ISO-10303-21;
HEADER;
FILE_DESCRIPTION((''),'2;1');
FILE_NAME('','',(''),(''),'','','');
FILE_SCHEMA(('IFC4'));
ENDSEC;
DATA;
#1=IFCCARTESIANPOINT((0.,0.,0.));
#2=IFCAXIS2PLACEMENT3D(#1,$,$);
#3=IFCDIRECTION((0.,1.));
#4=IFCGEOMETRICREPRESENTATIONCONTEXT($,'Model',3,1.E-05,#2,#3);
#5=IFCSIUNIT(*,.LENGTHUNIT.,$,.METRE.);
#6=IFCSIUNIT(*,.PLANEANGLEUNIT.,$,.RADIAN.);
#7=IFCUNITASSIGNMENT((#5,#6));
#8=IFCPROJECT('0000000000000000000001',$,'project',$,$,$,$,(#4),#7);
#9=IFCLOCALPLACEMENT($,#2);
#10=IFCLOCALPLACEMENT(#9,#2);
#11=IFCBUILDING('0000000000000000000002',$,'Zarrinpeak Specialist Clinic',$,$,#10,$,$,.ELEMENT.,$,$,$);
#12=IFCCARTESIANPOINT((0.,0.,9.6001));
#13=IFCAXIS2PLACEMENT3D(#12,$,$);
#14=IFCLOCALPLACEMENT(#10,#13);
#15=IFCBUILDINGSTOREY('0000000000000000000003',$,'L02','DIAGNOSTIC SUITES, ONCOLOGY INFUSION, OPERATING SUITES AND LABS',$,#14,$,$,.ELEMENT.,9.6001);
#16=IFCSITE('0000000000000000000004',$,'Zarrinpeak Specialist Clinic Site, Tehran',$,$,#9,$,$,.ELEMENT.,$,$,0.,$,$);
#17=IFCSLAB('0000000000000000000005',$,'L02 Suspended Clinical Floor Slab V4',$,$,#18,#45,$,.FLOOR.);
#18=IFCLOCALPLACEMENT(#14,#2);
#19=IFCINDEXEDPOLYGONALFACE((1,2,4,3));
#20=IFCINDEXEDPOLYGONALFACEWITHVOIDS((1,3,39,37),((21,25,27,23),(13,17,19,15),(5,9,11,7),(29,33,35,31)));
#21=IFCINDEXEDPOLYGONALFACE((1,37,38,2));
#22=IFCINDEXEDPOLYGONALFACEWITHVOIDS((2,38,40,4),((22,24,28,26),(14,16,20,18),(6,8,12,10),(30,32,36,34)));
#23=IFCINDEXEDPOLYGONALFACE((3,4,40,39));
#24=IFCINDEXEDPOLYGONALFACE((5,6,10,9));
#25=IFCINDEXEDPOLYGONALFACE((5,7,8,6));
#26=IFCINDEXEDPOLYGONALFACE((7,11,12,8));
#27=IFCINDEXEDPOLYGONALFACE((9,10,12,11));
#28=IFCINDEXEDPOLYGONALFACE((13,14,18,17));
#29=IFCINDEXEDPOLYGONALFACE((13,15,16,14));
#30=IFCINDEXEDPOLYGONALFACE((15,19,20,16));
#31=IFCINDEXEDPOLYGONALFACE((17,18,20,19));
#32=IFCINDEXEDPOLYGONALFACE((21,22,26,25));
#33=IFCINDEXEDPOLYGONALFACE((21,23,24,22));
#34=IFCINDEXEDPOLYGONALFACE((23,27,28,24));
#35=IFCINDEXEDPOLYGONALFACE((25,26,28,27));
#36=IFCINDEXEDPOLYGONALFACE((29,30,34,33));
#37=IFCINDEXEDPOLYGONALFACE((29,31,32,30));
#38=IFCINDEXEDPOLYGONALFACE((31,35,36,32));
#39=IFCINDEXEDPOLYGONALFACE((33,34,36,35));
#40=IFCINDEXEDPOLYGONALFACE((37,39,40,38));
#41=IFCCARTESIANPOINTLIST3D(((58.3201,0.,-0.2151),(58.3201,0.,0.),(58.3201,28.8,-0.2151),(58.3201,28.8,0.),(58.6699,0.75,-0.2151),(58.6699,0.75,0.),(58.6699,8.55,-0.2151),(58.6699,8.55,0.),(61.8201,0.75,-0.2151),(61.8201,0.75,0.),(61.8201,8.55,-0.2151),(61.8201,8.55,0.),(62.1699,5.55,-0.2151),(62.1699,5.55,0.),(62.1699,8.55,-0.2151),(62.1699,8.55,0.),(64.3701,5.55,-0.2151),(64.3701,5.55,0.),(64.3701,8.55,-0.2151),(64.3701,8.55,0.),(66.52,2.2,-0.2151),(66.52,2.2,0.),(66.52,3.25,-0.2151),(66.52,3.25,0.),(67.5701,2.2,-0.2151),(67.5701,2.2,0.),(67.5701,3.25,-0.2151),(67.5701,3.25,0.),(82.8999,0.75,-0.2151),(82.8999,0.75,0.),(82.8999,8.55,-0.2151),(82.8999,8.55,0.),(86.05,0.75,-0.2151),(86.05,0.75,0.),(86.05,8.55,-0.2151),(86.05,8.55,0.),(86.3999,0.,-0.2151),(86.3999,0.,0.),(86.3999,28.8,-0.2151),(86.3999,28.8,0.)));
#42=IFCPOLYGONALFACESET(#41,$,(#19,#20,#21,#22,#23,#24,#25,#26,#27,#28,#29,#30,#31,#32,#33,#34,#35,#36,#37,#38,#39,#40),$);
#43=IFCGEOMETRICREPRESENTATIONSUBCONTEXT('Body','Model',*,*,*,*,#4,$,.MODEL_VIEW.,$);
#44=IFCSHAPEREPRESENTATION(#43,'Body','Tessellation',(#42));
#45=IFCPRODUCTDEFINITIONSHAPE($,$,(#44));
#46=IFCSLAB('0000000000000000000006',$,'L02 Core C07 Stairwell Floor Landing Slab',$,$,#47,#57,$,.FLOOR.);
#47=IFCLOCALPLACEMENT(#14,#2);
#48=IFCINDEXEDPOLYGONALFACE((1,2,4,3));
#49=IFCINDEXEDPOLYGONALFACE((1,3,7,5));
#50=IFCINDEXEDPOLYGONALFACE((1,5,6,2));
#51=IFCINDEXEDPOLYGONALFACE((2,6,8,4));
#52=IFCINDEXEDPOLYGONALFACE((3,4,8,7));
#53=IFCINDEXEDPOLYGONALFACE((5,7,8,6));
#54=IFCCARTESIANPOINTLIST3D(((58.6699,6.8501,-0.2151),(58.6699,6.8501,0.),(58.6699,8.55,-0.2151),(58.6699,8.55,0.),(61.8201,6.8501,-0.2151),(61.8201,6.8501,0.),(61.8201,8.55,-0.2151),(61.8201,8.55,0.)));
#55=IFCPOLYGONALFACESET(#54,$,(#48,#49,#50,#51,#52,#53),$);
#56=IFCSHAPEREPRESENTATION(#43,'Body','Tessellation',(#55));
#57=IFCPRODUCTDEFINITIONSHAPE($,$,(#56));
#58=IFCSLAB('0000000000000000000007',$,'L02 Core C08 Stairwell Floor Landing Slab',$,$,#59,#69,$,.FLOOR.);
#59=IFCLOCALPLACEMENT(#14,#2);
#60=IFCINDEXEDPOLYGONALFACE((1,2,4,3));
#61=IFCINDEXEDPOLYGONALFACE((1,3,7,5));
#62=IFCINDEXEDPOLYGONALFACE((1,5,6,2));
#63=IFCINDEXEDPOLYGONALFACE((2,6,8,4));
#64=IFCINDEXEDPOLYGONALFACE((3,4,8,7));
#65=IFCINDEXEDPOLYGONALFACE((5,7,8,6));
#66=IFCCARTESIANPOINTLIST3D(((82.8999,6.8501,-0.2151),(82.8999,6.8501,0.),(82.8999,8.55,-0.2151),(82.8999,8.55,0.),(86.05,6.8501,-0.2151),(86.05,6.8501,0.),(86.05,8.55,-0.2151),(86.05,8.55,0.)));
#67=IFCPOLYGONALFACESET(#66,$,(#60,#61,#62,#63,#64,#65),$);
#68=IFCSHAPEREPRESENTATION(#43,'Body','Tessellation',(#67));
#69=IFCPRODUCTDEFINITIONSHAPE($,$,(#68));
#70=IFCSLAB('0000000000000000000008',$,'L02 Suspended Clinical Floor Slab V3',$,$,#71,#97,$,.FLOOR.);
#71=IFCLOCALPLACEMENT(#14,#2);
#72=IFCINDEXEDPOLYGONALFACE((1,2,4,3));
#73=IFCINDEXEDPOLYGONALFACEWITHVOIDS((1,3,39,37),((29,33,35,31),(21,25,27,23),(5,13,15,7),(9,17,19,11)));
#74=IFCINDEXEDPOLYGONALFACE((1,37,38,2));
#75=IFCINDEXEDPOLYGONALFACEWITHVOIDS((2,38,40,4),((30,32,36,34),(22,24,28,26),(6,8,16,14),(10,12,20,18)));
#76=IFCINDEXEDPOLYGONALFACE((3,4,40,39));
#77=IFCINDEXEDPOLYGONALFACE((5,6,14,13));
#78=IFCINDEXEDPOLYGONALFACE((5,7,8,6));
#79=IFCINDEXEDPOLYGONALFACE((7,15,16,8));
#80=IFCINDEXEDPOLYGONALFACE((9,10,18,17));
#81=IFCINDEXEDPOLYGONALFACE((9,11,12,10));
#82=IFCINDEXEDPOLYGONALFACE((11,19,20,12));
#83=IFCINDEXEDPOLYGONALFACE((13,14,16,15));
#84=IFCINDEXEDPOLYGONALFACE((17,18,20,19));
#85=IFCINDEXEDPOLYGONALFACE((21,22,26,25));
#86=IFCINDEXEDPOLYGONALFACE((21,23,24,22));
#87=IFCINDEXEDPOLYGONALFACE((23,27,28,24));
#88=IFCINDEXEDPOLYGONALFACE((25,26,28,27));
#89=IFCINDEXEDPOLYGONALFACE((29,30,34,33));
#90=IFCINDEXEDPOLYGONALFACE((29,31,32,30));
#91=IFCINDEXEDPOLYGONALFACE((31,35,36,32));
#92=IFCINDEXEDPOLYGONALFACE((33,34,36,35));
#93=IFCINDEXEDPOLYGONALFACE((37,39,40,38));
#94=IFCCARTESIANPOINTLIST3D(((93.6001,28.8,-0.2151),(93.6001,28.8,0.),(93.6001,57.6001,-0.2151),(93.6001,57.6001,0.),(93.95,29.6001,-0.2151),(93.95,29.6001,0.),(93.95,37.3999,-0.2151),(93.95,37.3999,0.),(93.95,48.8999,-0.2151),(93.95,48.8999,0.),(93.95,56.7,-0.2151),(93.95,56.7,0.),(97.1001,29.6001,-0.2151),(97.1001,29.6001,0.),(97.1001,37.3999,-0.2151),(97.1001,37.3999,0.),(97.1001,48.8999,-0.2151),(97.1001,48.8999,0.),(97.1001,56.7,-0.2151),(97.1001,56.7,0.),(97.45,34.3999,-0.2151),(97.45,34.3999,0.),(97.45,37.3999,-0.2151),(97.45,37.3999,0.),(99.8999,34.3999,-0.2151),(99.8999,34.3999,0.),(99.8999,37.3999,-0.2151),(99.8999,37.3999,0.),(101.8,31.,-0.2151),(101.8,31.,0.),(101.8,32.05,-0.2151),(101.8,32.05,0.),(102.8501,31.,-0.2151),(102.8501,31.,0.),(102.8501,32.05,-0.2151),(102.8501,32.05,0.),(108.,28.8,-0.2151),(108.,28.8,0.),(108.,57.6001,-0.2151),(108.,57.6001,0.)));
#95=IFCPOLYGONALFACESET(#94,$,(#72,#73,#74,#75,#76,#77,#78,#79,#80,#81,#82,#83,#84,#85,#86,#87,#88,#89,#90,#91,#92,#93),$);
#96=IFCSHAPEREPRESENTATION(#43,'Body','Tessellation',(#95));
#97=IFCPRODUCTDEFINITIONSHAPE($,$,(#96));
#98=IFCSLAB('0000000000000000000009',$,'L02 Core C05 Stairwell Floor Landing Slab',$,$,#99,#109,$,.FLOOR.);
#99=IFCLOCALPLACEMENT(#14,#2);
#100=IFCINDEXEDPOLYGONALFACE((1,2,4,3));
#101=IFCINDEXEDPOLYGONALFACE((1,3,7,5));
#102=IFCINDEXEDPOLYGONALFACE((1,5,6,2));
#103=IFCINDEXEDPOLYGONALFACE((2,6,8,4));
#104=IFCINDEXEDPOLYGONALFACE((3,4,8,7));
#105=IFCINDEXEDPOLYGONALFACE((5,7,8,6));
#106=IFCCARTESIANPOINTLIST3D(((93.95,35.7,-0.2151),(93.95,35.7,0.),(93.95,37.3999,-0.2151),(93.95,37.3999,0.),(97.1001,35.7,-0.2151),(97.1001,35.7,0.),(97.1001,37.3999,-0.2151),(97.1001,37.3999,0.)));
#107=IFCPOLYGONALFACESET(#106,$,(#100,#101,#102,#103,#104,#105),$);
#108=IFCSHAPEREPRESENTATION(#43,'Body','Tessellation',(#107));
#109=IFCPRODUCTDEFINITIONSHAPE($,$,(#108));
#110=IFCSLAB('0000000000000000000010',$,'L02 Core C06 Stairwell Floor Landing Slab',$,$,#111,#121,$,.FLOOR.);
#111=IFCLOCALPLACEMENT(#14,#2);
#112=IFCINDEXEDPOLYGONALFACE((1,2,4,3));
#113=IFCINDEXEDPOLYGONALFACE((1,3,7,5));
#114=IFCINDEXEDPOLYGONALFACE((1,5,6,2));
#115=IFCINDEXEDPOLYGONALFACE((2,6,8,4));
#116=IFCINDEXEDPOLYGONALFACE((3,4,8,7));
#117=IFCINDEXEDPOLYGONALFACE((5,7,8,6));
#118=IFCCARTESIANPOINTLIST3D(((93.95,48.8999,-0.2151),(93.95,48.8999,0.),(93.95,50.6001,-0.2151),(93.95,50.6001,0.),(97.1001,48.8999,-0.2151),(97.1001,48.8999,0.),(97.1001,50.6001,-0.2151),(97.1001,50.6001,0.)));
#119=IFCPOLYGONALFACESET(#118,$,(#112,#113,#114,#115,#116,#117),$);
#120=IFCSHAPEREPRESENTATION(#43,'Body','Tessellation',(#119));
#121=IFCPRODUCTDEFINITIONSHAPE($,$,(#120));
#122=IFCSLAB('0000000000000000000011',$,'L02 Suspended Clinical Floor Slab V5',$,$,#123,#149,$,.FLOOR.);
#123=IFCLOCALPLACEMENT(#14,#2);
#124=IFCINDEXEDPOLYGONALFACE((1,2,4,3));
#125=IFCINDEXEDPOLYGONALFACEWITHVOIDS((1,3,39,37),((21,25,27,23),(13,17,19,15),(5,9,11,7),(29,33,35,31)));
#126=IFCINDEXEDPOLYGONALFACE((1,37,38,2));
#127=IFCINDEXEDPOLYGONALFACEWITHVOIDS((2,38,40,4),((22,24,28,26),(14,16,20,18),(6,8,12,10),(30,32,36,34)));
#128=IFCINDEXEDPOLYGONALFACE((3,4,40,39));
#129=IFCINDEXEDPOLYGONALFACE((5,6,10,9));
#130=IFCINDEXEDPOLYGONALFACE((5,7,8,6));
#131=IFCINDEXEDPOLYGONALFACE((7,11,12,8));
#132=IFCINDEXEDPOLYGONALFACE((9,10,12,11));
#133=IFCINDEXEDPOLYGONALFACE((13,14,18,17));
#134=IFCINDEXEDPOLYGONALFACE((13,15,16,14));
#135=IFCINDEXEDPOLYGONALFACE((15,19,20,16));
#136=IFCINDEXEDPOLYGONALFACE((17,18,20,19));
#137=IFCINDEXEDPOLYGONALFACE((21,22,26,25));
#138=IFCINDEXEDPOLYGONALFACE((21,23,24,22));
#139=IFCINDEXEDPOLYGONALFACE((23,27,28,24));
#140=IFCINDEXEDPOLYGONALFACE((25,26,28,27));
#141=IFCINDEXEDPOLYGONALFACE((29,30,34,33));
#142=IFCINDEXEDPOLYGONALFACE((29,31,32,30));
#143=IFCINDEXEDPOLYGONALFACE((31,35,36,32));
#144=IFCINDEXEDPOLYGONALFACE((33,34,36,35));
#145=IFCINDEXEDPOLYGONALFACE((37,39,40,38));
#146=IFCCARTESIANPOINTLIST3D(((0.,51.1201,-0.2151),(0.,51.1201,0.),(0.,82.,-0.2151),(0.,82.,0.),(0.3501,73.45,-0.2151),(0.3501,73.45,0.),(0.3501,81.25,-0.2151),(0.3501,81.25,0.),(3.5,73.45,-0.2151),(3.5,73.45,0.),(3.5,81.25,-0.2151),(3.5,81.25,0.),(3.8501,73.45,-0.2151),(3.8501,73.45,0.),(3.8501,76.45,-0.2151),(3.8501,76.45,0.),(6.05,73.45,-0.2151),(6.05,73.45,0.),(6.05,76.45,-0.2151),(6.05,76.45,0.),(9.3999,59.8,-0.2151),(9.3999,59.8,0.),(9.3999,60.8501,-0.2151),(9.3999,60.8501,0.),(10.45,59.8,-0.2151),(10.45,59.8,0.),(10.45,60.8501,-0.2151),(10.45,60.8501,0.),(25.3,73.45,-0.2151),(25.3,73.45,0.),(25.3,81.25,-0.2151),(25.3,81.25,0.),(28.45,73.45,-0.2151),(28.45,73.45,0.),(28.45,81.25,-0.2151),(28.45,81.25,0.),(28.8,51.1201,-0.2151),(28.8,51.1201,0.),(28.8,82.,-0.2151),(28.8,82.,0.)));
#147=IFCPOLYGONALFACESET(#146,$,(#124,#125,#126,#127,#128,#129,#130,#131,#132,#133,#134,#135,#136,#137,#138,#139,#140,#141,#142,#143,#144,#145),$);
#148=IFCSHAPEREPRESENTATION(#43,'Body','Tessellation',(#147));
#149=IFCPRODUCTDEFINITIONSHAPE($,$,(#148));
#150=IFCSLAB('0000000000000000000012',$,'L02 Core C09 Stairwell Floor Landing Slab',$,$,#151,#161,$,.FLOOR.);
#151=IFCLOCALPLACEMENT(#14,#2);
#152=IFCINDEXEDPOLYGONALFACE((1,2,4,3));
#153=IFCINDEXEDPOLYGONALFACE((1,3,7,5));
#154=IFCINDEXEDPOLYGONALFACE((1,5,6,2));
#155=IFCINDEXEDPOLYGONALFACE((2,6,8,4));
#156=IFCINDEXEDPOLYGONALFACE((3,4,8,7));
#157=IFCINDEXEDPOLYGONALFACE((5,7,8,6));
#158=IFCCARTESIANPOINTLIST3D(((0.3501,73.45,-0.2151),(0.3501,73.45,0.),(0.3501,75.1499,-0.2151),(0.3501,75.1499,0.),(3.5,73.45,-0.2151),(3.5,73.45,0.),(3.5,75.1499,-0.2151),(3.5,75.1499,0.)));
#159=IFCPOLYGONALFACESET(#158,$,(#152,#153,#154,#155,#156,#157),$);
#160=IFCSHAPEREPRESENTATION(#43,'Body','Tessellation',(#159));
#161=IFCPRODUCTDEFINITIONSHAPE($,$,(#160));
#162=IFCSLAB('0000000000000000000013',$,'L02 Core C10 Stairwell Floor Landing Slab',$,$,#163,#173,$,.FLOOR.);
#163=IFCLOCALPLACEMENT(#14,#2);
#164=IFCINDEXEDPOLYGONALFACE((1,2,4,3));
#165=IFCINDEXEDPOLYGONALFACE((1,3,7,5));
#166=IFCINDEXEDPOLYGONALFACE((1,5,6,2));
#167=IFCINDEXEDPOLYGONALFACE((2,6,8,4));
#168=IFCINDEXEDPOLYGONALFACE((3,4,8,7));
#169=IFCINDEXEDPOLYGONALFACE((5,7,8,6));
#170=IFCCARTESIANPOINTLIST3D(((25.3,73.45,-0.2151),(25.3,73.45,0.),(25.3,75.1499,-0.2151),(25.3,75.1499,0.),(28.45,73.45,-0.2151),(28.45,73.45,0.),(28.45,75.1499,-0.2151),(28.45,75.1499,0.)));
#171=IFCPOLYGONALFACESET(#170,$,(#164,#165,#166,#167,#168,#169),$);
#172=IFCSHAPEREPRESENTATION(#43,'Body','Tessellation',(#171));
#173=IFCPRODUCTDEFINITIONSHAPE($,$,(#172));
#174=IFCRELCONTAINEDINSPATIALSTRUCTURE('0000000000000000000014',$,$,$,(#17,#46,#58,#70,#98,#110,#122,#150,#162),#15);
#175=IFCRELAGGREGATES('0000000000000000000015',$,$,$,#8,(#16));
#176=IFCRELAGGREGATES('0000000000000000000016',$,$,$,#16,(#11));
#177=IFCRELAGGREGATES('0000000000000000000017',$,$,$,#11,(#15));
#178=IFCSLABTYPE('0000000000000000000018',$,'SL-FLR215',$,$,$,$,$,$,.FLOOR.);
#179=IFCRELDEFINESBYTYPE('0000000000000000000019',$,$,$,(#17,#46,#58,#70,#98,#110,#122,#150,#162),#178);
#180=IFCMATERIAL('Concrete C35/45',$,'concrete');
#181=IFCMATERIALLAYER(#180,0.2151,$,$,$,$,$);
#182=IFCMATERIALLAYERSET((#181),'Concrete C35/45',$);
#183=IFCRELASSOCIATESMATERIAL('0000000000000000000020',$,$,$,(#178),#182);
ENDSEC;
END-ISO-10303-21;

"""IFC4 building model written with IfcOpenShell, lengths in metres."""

from ifc_helpers import new_model, si_unit, direction, frame, origin, place, context, subcontext, project, spatial, polyline, outline, extrude, material, layer, layer_set, type_object, element, save


model = new_model("IFC4")

# Units and contexts
model_context = context("Model", 3, precision=1e-05, world=origin(), true_north=direction((0.0, 1.0)))
body_context = subcontext(model_context, "Body", "Model", "MODEL_VIEW")
ifc_project = project(units=[si_unit("LENGTHUNIT", "METRE"), si_unit("PLANEANGLEUNIT", "RADIAN")], contexts=[model_context])

# Site, building, storey
site_placement = place(None, origin())
site = spatial("IfcSite", under=ifc_project, at=site_placement, Name="Zarrinpeak Specialist Clinic Site, Tehran", CompositionType="ELEMENT", RefElevation=0.0)
building_placement = place(site_placement, origin())
building = spatial("IfcBuilding", under=site, at=building_placement, Name="Zarrinpeak Specialist Clinic", CompositionType="ELEMENT")
storey_placement = place(building_placement, frame((0.0, 0.0, 9.6001)))
storey = spatial("IfcBuildingStorey", under=building, at=storey_placement, Name="L02", Description="DIAGNOSTIC SUITES, ONCOLOGY INFUSION, OPERATING SUITES AND LABS", CompositionType="ELEMENT", Elevation=9.6001)

# Slabs
ifc_material_1 = material(Name="Concrete C35/45", Category="concrete")
ifc_layer_1 = layer(ifc_material_1, 0.2151)
ifc_layer_set_1 = layer_set([ifc_layer_1], Name="Concrete C35/45")
slab_type_1 = type_object("IfcSlabType", Name="SL-FLR215", PredefinedType="FLOOR", material=ifc_layer_set_1)
slab_1_placement = place(storey_placement, frame((0.0, 0.0, -0.2151)))
element("IfcSlab", 1, at=slab_1_placement, inside=storey, type_object=slab_type_1, Name="L02 Suspended Clinical Floor Slab V4", PredefinedType="FLOOR", context=body_context, shape_type="SweptSolid", body=[
    extrude(outline(polyline([(58.3201, 0.0), (86.3999, 0.0), (86.3999, 28.8), (58.3201, 28.8), (58.3201, 0.0)]), holes=[polyline([(58.6699, 0.75), (61.8201, 0.75), (61.8201, 8.55), (58.6699, 8.55), (58.6699, 0.75)]), polyline([(62.1699, 5.55), (64.3701, 5.55), (64.3701, 8.55), (62.1699, 8.55), (62.1699, 5.55)]), polyline([(82.8999, 0.75), (86.05, 0.75), (86.05, 8.55), (82.8999, 8.55), (82.8999, 0.75)]), polyline([(66.52, 2.2), (67.5701, 2.2), (67.5701, 3.25), (66.52, 3.25), (66.52, 2.2)])]), origin(), (0.0, 0.0, 1.0), 0.2151),
])
slab_2_placement = place(storey_placement, frame((0.0, 0.0, -0.2151)))
element("IfcSlab", 2, at=slab_2_placement, inside=storey, type_object=slab_type_1, Name="L02 Core C07 Stairwell Floor Landing Slab", PredefinedType="FLOOR", context=body_context, shape_type="SweptSolid", body=[
    extrude(outline(polyline([(58.6699, 6.8501), (61.8201, 6.8501), (61.8201, 8.55), (58.6699, 8.55), (58.6699, 6.8501)])), origin(), (0.0, 0.0, 1.0), 0.2151),
])
slab_3_placement = place(storey_placement, frame((0.0, 0.0, -0.2151)))
element("IfcSlab", 3, at=slab_3_placement, inside=storey, type_object=slab_type_1, Name="L02 Core C08 Stairwell Floor Landing Slab", PredefinedType="FLOOR", context=body_context, shape_type="SweptSolid", body=[
    extrude(outline(polyline([(82.8999, 6.8501), (86.05, 6.8501), (86.05, 8.55), (82.8999, 8.55), (82.8999, 6.8501)])), origin(), (0.0, 0.0, 1.0), 0.2151),
])
slab_4_placement = place(storey_placement, frame((0.0, 0.0, -0.2151)))
element("IfcSlab", 4, at=slab_4_placement, inside=storey, type_object=slab_type_1, Name="L02 Suspended Clinical Floor Slab V3", PredefinedType="FLOOR", context=body_context, shape_type="SweptSolid", body=[
    extrude(outline(polyline([(93.6001, 28.8), (108.0, 28.8), (108.0, 57.6001), (93.6001, 57.6001), (93.6001, 28.8)]), holes=[polyline([(93.95, 29.6001), (97.1001, 29.6001), (97.1001, 37.3999), (93.95, 37.3999), (93.95, 29.6001)]), polyline([(97.45, 34.3999), (99.8999, 34.3999), (99.8999, 37.3999), (97.45, 37.3999), (97.45, 34.3999)]), polyline([(93.95, 48.8999), (97.1001, 48.8999), (97.1001, 56.7), (93.95, 56.7), (93.95, 48.8999)]), polyline([(101.8, 31.0), (102.8501, 31.0), (102.8501, 32.05), (101.8, 32.05), (101.8, 31.0)])]), origin(), (0.0, 0.0, 1.0), 0.2151),
])
slab_5_placement = place(storey_placement, frame((0.0, 0.0, -0.2151)))
element("IfcSlab", 5, at=slab_5_placement, inside=storey, type_object=slab_type_1, Name="L02 Core C05 Stairwell Floor Landing Slab", PredefinedType="FLOOR", context=body_context, shape_type="SweptSolid", body=[
    extrude(outline(polyline([(93.95, 35.7), (97.1001, 35.7), (97.1001, 37.3999), (93.95, 37.3999), (93.95, 35.7)])), origin(), (0.0, 0.0, 1.0), 0.2151),
])
slab_6_placement = place(storey_placement, frame((0.0, 0.0, -0.2151)))
element("IfcSlab", 6, at=slab_6_placement, inside=storey, type_object=slab_type_1, Name="L02 Core C06 Stairwell Floor Landing Slab", PredefinedType="FLOOR", context=body_context, shape_type="SweptSolid", body=[
    extrude(outline(polyline([(93.95, 48.8999), (97.1001, 48.8999), (97.1001, 50.6001), (93.95, 50.6001), (93.95, 48.8999)])), origin(), (0.0, 0.0, 1.0), 0.2151),
])
slab_7_placement = place(storey_placement, frame((0.0, 0.0, -0.2151)))
element("IfcSlab", 7, at=slab_7_placement, inside=storey, type_object=slab_type_1, Name="L02 Suspended Clinical Floor Slab V5", PredefinedType="FLOOR", context=body_context, shape_type="SweptSolid", body=[
    extrude(outline(polyline([(0.0, 51.1201), (28.8, 51.1201), (28.8, 82.0), (0.0, 82.0), (0.0, 51.1201)]), holes=[polyline([(0.3501, 73.45), (3.5, 73.45), (3.5, 81.25), (0.3501, 81.25), (0.3501, 73.45)]), polyline([(3.8501, 73.45), (6.05, 73.45), (6.05, 76.45), (3.8501, 76.45), (3.8501, 73.45)]), polyline([(25.3, 73.45), (28.45, 73.45), (28.45, 81.25), (25.3, 81.25), (25.3, 73.45)]), polyline([(9.3999, 59.8), (10.45, 59.8), (10.45, 60.8501), (9.3999, 60.8501), (9.3999, 59.8)])]), origin(), (0.0, 0.0, 1.0), 0.2151),
])
slab_8_placement = place(storey_placement, frame((0.0, 0.0, -0.2151)))
element("IfcSlab", 8, at=slab_8_placement, inside=storey, type_object=slab_type_1, Name="L02 Core C09 Stairwell Floor Landing Slab", PredefinedType="FLOOR", context=body_context, shape_type="SweptSolid", body=[
    extrude(outline(polyline([(0.3501, 73.45), (3.5, 73.45), (3.5, 75.1499), (0.3501, 75.1499), (0.3501, 73.45)])), origin(), (0.0, 0.0, 1.0), 0.2151),
])
slab_9_placement = place(storey_placement, frame((0.0, 0.0, -0.2151)))
element("IfcSlab", 9, at=slab_9_placement, inside=storey, type_object=slab_type_1, Name="L02 Core C10 Stairwell Floor Landing Slab", PredefinedType="FLOOR", context=body_context, shape_type="SweptSolid", body=[
    extrude(outline(polyline([(25.3, 73.45), (28.45, 73.45), (28.45, 75.1499), (25.3, 75.1499), (25.3, 73.45)])), origin(), (0.0, 0.0, 1.0), 0.2151),
])

save(model, "model.ifc")
